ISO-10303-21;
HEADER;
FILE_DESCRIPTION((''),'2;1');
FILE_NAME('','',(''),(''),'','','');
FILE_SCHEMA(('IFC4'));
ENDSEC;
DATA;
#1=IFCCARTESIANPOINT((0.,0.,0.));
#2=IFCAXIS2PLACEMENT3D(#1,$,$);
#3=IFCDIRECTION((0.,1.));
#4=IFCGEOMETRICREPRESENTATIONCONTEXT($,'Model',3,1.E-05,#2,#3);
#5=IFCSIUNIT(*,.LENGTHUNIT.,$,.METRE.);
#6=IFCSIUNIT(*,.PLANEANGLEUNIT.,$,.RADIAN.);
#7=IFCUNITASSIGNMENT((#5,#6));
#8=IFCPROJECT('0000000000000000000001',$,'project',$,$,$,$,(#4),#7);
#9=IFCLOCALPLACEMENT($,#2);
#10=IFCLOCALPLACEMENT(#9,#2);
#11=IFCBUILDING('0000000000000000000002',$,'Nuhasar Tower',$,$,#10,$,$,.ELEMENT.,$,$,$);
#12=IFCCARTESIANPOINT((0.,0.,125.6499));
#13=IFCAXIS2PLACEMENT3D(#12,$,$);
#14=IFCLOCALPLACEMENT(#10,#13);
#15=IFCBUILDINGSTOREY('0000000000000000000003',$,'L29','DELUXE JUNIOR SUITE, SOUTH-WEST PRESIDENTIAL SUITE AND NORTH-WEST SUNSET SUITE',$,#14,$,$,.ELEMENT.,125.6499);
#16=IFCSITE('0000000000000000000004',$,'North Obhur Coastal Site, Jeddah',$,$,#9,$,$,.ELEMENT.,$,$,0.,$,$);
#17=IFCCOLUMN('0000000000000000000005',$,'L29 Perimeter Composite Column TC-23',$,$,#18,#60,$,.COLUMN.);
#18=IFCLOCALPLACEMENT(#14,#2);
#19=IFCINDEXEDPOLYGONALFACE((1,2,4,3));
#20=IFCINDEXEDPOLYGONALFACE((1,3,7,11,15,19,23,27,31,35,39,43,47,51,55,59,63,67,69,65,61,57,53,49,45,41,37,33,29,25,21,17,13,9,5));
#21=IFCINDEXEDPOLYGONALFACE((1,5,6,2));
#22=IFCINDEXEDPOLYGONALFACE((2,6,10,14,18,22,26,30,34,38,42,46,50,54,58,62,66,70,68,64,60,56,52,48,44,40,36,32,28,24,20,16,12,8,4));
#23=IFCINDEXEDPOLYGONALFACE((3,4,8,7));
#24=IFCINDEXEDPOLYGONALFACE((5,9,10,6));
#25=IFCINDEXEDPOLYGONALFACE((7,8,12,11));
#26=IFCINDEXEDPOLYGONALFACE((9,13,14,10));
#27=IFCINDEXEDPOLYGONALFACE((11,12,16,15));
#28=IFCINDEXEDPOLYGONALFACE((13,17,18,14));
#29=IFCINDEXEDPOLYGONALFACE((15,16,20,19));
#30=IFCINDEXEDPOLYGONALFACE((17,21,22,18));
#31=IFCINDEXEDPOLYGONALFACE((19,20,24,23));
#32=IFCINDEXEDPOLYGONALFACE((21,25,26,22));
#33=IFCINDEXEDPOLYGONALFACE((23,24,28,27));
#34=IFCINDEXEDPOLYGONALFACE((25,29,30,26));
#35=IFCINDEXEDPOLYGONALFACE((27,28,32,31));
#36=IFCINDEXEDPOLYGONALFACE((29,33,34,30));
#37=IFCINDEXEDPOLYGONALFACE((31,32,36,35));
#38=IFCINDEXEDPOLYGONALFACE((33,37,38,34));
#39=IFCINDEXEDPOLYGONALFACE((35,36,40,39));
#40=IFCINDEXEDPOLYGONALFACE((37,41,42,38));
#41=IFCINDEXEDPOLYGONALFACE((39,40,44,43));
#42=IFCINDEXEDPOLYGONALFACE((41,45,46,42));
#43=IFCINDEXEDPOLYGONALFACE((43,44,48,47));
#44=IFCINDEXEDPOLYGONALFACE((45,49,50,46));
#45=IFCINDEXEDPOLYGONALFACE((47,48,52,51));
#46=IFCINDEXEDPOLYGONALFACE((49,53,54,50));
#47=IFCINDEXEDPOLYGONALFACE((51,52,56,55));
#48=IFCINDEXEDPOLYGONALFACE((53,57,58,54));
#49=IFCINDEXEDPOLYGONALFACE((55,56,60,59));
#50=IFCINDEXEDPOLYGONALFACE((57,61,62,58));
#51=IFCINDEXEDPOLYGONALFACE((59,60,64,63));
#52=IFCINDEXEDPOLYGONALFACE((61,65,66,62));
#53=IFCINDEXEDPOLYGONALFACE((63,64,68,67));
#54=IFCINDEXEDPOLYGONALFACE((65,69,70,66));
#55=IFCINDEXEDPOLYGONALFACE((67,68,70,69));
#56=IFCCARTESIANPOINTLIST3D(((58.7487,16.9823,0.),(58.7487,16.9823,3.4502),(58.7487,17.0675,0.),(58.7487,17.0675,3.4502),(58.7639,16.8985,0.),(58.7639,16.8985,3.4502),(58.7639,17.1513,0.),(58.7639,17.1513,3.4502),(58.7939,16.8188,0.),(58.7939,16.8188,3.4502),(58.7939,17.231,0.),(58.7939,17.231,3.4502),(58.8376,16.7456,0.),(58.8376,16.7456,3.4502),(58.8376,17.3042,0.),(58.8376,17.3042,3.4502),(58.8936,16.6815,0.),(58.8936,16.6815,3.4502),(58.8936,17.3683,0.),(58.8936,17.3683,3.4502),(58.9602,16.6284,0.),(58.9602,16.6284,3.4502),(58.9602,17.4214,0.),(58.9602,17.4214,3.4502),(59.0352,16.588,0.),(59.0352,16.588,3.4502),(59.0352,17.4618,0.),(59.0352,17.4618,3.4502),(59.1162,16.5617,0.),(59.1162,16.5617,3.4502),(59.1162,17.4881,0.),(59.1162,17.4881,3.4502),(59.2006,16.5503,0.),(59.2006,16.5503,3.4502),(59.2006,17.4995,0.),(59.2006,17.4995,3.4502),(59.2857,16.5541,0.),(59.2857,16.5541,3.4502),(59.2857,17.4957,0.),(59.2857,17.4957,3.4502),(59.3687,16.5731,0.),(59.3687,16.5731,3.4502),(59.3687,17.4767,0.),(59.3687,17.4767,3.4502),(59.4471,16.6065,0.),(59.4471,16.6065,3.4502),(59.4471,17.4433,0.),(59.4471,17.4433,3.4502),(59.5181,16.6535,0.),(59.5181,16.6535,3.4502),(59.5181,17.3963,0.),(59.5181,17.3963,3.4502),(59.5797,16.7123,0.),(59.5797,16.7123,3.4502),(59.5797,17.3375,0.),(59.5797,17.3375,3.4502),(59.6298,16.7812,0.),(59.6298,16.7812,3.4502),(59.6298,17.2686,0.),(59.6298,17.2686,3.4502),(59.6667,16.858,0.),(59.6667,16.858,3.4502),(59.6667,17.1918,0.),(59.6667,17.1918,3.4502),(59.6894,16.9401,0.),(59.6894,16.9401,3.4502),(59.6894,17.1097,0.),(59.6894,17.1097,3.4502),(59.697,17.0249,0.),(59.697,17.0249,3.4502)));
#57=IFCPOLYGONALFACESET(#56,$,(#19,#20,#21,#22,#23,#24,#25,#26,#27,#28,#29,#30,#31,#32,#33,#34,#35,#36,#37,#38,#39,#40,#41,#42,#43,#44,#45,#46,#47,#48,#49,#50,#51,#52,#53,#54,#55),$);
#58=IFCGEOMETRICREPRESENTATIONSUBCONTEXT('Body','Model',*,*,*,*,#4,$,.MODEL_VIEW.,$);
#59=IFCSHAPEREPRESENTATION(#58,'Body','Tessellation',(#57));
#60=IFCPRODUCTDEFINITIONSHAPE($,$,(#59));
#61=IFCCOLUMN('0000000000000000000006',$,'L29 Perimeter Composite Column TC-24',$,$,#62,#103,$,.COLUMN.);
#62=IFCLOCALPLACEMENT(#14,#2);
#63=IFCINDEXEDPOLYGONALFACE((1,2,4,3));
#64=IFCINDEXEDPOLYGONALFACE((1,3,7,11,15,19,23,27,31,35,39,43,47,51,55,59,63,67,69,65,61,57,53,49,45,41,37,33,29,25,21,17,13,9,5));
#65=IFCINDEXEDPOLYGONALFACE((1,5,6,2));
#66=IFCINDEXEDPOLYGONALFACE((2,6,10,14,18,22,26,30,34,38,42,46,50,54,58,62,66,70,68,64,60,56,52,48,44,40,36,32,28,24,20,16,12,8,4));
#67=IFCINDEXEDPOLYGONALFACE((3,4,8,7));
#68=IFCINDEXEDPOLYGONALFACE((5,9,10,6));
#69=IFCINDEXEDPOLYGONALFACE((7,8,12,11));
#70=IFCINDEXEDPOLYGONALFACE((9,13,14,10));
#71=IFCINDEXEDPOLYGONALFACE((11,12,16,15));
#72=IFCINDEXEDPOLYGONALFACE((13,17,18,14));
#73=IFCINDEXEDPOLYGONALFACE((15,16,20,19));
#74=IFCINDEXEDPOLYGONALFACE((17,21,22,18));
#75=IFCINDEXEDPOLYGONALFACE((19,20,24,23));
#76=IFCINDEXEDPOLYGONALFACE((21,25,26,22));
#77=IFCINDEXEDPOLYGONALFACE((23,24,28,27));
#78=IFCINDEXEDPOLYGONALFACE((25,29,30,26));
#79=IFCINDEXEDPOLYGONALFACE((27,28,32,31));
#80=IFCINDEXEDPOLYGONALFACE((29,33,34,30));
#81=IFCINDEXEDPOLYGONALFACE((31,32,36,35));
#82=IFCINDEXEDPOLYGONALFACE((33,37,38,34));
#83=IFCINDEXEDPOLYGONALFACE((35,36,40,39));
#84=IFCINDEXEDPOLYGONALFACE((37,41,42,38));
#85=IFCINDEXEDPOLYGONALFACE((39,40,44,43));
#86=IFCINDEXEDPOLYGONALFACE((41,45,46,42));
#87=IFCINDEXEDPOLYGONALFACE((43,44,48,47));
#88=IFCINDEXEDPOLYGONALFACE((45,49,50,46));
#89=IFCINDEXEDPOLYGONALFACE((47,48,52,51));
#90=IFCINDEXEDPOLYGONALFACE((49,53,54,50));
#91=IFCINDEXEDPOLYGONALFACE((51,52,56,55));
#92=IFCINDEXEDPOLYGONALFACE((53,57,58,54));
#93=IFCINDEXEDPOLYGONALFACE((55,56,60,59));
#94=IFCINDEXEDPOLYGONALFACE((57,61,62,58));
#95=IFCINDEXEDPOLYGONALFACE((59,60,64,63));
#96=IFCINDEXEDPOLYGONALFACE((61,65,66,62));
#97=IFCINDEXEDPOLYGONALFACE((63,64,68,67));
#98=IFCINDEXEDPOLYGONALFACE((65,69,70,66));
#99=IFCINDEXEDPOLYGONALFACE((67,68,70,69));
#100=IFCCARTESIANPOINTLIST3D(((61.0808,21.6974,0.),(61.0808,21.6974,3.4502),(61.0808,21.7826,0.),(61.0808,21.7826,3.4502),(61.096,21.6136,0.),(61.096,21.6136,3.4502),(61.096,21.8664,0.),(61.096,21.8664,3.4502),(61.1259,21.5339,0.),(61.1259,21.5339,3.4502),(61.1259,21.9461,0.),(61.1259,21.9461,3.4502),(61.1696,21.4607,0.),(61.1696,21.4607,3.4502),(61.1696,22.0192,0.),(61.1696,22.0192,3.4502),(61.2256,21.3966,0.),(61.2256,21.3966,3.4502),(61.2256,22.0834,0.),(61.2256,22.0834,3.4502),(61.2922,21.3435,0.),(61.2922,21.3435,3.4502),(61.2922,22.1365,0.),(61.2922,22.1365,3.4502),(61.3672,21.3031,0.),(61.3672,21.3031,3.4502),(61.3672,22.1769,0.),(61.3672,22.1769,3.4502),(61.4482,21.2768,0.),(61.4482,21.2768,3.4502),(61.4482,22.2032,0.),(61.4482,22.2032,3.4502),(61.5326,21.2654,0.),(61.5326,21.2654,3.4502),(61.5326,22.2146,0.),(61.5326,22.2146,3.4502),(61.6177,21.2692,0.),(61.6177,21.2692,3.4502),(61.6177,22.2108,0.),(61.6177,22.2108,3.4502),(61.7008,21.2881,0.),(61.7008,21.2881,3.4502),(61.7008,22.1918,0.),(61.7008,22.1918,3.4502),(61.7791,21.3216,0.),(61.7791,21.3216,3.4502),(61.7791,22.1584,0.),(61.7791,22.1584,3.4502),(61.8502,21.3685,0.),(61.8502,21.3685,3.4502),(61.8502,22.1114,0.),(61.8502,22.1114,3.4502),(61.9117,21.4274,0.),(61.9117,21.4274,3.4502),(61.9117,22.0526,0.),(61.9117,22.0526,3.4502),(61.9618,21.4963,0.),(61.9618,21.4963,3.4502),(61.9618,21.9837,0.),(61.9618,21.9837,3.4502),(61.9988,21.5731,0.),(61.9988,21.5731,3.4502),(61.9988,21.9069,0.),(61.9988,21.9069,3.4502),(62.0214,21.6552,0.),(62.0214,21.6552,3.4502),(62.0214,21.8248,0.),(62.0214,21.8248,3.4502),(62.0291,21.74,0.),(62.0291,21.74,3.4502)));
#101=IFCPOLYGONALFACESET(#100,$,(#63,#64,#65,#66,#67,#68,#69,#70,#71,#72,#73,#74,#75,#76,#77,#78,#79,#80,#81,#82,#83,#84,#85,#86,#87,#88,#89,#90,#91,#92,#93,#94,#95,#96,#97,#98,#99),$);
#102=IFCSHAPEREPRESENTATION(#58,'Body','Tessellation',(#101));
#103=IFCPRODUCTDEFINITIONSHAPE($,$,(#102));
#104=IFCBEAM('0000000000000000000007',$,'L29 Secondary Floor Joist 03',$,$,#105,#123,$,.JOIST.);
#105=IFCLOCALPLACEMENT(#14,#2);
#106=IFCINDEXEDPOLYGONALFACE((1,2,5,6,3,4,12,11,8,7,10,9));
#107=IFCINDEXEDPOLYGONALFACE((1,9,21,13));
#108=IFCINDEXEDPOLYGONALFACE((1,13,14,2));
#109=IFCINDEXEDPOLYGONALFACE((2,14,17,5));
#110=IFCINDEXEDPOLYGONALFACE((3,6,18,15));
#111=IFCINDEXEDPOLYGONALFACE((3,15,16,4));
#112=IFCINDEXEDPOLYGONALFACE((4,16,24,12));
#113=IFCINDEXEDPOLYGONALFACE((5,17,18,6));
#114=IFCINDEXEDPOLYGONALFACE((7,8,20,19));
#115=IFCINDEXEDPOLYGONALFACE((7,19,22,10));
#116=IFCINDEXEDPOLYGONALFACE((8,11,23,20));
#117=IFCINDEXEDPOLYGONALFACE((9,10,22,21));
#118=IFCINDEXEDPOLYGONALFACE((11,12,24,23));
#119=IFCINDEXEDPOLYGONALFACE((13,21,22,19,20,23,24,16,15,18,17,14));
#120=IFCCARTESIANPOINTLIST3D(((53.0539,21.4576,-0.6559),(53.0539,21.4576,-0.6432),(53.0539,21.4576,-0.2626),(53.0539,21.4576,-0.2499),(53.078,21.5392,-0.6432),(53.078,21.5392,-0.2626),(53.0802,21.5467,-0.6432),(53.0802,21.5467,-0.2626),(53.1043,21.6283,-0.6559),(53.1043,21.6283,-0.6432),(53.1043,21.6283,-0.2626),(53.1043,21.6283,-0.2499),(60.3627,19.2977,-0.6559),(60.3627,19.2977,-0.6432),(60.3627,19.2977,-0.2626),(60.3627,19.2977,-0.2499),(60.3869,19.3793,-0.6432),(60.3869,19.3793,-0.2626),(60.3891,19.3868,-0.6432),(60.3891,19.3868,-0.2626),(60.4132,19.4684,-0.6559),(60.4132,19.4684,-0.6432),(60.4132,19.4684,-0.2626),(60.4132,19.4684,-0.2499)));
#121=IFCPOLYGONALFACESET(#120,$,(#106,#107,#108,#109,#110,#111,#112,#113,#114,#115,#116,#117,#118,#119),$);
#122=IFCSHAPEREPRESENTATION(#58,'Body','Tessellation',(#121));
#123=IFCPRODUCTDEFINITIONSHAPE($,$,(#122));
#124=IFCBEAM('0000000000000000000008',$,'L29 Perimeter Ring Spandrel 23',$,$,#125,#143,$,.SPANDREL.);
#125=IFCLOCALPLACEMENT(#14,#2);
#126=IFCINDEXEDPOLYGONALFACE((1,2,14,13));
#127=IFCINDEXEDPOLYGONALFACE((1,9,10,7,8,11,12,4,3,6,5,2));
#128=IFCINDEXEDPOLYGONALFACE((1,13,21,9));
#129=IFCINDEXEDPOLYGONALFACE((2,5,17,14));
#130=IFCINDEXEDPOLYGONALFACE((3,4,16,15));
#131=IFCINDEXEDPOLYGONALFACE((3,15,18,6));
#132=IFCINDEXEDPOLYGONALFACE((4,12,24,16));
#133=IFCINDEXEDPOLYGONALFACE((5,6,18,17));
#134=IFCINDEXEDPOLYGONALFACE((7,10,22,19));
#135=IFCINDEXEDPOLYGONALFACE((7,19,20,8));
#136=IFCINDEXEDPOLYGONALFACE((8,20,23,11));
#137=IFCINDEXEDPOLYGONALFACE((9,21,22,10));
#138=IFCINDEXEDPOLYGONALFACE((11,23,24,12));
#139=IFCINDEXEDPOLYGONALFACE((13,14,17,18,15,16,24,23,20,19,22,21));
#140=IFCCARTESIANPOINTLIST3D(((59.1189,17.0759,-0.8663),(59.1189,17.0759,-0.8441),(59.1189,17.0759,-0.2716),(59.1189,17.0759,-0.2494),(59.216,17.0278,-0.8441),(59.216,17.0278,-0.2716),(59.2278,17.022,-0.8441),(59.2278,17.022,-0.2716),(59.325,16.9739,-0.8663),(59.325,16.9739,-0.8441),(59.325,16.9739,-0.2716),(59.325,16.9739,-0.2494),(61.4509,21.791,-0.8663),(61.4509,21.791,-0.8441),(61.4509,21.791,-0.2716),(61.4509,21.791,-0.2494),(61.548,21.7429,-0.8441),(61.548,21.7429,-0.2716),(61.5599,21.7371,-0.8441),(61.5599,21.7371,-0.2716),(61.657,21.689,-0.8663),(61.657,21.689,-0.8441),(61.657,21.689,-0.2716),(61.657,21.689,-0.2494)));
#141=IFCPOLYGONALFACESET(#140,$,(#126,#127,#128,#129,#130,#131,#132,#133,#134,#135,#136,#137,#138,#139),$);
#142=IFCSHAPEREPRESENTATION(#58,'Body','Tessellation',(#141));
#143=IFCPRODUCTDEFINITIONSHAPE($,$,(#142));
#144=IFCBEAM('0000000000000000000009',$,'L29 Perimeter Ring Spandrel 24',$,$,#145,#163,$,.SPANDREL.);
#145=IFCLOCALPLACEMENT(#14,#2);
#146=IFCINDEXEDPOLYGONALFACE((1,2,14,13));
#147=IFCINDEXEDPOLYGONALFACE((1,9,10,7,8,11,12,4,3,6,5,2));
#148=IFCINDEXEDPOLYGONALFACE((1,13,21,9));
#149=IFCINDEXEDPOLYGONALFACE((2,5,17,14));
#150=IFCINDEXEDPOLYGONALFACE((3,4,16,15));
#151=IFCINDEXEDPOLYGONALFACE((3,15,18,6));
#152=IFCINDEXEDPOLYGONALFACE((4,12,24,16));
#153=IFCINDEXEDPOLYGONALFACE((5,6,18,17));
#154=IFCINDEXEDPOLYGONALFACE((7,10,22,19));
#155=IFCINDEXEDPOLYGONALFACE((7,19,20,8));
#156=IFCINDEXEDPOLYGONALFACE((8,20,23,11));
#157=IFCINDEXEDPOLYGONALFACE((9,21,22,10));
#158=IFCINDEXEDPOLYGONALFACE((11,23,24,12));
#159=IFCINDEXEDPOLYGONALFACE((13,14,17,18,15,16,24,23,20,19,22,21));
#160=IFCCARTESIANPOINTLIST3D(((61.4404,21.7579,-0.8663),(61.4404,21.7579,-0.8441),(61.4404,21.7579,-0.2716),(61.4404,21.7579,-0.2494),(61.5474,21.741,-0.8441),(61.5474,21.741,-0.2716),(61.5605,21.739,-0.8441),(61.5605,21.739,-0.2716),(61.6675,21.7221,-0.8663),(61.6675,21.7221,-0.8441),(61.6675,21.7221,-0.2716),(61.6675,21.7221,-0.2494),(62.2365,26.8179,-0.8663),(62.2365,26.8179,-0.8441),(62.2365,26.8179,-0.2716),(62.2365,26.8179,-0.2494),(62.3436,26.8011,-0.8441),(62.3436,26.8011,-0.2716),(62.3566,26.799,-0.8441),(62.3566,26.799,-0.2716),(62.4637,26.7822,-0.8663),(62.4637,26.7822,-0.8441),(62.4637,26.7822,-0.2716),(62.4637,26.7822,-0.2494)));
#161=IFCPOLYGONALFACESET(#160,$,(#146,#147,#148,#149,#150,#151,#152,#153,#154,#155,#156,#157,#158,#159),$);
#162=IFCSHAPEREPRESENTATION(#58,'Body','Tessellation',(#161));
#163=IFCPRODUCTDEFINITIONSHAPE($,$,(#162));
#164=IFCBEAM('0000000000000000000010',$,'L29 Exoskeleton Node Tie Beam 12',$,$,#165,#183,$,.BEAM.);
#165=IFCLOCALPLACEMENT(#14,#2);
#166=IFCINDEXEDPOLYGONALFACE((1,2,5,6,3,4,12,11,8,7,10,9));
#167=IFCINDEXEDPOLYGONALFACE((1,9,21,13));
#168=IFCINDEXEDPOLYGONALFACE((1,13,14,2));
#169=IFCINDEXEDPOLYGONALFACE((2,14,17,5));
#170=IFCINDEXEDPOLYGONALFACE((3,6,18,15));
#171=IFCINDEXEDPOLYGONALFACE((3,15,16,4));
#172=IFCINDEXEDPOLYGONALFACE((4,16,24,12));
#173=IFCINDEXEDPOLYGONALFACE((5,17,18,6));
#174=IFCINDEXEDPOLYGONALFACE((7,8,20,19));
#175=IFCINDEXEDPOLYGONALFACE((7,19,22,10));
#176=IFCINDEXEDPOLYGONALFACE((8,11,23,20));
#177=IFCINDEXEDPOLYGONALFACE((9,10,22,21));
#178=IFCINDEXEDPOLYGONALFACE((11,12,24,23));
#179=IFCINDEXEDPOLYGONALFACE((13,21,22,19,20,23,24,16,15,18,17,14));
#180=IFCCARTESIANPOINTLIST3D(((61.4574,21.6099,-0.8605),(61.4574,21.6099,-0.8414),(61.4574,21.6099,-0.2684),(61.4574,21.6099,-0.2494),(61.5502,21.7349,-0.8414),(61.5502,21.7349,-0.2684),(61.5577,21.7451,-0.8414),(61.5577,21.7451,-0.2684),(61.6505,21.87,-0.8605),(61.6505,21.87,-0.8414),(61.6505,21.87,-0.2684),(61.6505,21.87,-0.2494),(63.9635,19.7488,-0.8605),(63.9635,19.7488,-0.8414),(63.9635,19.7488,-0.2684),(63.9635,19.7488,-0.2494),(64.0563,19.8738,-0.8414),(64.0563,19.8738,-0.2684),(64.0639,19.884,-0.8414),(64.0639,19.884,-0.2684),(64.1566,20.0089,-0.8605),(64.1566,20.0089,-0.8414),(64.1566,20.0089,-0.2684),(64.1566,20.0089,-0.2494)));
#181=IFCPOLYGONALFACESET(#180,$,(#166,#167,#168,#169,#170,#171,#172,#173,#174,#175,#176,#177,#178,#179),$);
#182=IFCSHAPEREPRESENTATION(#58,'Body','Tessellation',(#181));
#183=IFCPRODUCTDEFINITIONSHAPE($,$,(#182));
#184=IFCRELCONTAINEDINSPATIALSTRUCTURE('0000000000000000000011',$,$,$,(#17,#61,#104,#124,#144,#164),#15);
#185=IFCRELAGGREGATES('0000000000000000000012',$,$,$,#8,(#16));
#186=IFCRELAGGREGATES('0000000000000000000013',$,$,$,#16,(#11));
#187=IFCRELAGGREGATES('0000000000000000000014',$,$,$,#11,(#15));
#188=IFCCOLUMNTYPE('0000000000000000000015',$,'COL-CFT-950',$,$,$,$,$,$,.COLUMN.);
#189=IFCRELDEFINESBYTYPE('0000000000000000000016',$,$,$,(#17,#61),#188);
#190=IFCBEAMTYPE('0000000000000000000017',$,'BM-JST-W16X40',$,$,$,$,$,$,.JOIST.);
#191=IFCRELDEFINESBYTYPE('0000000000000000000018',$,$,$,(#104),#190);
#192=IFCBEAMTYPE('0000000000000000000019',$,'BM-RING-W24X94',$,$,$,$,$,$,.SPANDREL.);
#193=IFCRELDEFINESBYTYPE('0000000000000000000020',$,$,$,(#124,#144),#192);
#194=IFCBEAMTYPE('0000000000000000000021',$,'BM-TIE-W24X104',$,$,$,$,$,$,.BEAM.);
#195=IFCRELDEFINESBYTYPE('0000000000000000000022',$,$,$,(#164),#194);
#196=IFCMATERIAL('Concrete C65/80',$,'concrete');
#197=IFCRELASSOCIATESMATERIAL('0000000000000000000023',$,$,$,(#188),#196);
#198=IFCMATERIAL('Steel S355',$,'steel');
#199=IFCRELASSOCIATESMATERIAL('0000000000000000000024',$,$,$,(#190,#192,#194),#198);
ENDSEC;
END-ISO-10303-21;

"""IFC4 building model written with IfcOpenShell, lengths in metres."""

from ifc_helpers import new_model, si_unit, direction, frame, origin, origin_2d, place, context, subcontext, project, spatial, circle, i_section, extrude, material, material_profile, profile_set, type_object, element, save


model = new_model("IFC4")

# Units and contexts
model_context = context("Model", 3, precision=1e-05, world=origin(), true_north=direction((0.0, 1.0)))
body_context = subcontext(model_context, "Body", "Model", "MODEL_VIEW")
ifc_project = project(units=[si_unit("LENGTHUNIT", "METRE"), si_unit("PLANEANGLEUNIT", "RADIAN")], contexts=[model_context])

# Site, building, storey
site_placement = place(None, origin())
site = spatial("IfcSite", under=ifc_project, at=site_placement, Name="North Obhur Coastal Site, Jeddah", CompositionType="ELEMENT", RefElevation=0.0)
building_placement = place(site_placement, origin())
building = spatial("IfcBuilding", under=site, at=building_placement, Name="Nuhasar Tower", CompositionType="ELEMENT")
storey_placement = place(building_placement, frame((0.0, 0.0, 125.6499)))
storey = spatial("IfcBuildingStorey", under=building, at=storey_placement, Name="L29", Description="DELUXE JUNIOR SUITE, SOUTH-WEST PRESIDENTIAL SUITE AND NORTH-WEST SUNSET SUITE", CompositionType="ELEMENT", Elevation=125.6499)

# Columns
ifc_material_1 = material(Name="Concrete C65/80", Category="concrete")
ifc_material_profile_1 = material_profile(ifc_material_1, circle(Radius=0.4751, at=origin_2d()), Name="CFT950")
ifc_profile_set_1 = profile_set([ifc_material_profile_1], Name="Concrete C65/80")
column_type = type_object("IfcColumnType", Name="COL-CFT-950", PredefinedType="COLUMN", material=ifc_profile_set_1)
for number, where, z_axis, x_axis, name in (
    (1, (59.2219, 17.0249, 0.0), (0.0, 0.0, 1.0), (1.0, 0.0, 0.0), "L29 Perimeter Composite Column TC-23"),
    (2, (61.554, 21.74, 0.0), (0.0, 0.0, 1.0), (1.0, 0.0, 0.0), "L29 Perimeter Composite Column TC-24"),
):
    element("IfcColumn", number, at=place(storey_placement, frame(where, z_axis=z_axis, x_axis=x_axis)), inside=storey, type_object=column_type, Name=name, PredefinedType="COLUMN", context=body_context, shape_type="SweptSolid", body=[
        extrude(circle(Radius=0.4751, at=origin_2d()), origin(), (0.0, 0.0, 1.0), 3.4502),
    ])

# Beams
ifc_material_2 = material(Name="Steel S355", Category="steel")
ifc_material_profile_2 = material_profile(ifc_material_2, i_section(OverallWidth=0.178, OverallDepth=0.406, WebThickness=0.0078, FlangeThickness=0.0127, at=origin_2d()), Name="W16X40")
ifc_profile_set_2 = profile_set([ifc_material_profile_2], Name="Steel S355")
beam_type_1 = type_object("IfcBeamType", Name="BM-JST-W16X40", PredefinedType="JOIST", material=ifc_profile_set_2)
beam_1_placement = place(storey_placement, frame((53.0791, 21.543, -0.4529), z_axis=(0.959, -0.283404, 0.0), x_axis=(0.283404, 0.959, 0.0)))
element("IfcBeam", 3, at=beam_1_placement, inside=storey, type_object=beam_type_1, Name="L29 Secondary Floor Joist 03", PredefinedType="JOIST", context=body_context, shape_type="SweptSolid", body=[
    extrude(i_section(OverallWidth=0.178, OverallDepth=0.406, WebThickness=0.0078, FlangeThickness=0.0127, at=origin_2d()), origin(), (0.0, 0.0, 1.0), 7.6213),
])
ifc_material_profile_3 = material_profile(ifc_material_2, i_section(OverallWidth=0.23, OverallDepth=0.6169, WebThickness=0.0132, FlangeThickness=0.0222, at=origin_2d()), Name="W24X94")
ifc_profile_set_3 = profile_set([ifc_material_profile_3], Name="Steel S355")
beam_type_2 = type_object("IfcBeamType", Name="BM-RING-W24X94", PredefinedType="SPANDREL", material=ifc_profile_set_3)
beam_2_placement = place(storey_placement, frame((59.2219, 17.0249, -0.5579), z_axis=(0.443329, 0.896359, 0.0), x_axis=(-0.896359, 0.443329, 0.0)))
element("IfcBeam", 4, at=beam_2_placement, inside=storey, type_object=beam_type_2, Name="L29 Perimeter Ring Spandrel 23", PredefinedType="SPANDREL", context=body_context, shape_type="SweptSolid", body=[
    extrude(i_section(OverallWidth=0.23, OverallDepth=0.6169, WebThickness=0.0132, FlangeThickness=0.0222, at=origin_2d()), origin(), (0.0, 0.0, 1.0), 5.2603),
])
beam_3_placement = place(storey_placement, frame((61.554, 21.74, -0.5579), z_axis=(0.155427, 0.987847, 0.0), x_axis=(-0.987847, 0.155427, 0.0)))
element("IfcBeam", 5, at=beam_3_placement, inside=storey, type_object=beam_type_2, Name="L29 Perimeter Ring Spandrel 24", PredefinedType="SPANDREL", context=body_context, shape_type="SweptSolid", body=[
    extrude(i_section(OverallWidth=0.23, OverallDepth=0.6169, WebThickness=0.0132, FlangeThickness=0.0222, at=origin_2d()), origin(), (0.0, 0.0, 1.0), 5.1223),
])
ifc_material_profile_4 = material_profile(ifc_material_2, i_section(OverallWidth=0.324, OverallDepth=0.6111, WebThickness=0.0127, FlangeThickness=0.019, at=origin_2d()), Name="W24X104")
ifc_profile_set_4 = profile_set([ifc_material_profile_4], Name="Steel S355")
beam_type_3 = type_object("IfcBeamType", Name="BM-TIE-W24X104", PredefinedType="BEAM", material=ifc_profile_set_4)
beam_4_placement = place(storey_placement, frame((61.554, 21.74, -0.5549), z_axis=(0.802835, -0.596202, 0.0), x_axis=(0.596202, 0.802835, 0.0)))
element("IfcBeam", 6, at=beam_4_placement, inside=storey, type_object=beam_type_3, Name="L29 Exoskeleton Node Tie Beam 12", PredefinedType="BEAM", context=body_context, shape_type="SweptSolid", body=[
    extrude(i_section(OverallWidth=0.324, OverallDepth=0.6111, WebThickness=0.0127, FlangeThickness=0.019, at=origin_2d()), origin(), (0.0, 0.0, 1.0), 3.1216),
])

save(model, "model.ifc")
